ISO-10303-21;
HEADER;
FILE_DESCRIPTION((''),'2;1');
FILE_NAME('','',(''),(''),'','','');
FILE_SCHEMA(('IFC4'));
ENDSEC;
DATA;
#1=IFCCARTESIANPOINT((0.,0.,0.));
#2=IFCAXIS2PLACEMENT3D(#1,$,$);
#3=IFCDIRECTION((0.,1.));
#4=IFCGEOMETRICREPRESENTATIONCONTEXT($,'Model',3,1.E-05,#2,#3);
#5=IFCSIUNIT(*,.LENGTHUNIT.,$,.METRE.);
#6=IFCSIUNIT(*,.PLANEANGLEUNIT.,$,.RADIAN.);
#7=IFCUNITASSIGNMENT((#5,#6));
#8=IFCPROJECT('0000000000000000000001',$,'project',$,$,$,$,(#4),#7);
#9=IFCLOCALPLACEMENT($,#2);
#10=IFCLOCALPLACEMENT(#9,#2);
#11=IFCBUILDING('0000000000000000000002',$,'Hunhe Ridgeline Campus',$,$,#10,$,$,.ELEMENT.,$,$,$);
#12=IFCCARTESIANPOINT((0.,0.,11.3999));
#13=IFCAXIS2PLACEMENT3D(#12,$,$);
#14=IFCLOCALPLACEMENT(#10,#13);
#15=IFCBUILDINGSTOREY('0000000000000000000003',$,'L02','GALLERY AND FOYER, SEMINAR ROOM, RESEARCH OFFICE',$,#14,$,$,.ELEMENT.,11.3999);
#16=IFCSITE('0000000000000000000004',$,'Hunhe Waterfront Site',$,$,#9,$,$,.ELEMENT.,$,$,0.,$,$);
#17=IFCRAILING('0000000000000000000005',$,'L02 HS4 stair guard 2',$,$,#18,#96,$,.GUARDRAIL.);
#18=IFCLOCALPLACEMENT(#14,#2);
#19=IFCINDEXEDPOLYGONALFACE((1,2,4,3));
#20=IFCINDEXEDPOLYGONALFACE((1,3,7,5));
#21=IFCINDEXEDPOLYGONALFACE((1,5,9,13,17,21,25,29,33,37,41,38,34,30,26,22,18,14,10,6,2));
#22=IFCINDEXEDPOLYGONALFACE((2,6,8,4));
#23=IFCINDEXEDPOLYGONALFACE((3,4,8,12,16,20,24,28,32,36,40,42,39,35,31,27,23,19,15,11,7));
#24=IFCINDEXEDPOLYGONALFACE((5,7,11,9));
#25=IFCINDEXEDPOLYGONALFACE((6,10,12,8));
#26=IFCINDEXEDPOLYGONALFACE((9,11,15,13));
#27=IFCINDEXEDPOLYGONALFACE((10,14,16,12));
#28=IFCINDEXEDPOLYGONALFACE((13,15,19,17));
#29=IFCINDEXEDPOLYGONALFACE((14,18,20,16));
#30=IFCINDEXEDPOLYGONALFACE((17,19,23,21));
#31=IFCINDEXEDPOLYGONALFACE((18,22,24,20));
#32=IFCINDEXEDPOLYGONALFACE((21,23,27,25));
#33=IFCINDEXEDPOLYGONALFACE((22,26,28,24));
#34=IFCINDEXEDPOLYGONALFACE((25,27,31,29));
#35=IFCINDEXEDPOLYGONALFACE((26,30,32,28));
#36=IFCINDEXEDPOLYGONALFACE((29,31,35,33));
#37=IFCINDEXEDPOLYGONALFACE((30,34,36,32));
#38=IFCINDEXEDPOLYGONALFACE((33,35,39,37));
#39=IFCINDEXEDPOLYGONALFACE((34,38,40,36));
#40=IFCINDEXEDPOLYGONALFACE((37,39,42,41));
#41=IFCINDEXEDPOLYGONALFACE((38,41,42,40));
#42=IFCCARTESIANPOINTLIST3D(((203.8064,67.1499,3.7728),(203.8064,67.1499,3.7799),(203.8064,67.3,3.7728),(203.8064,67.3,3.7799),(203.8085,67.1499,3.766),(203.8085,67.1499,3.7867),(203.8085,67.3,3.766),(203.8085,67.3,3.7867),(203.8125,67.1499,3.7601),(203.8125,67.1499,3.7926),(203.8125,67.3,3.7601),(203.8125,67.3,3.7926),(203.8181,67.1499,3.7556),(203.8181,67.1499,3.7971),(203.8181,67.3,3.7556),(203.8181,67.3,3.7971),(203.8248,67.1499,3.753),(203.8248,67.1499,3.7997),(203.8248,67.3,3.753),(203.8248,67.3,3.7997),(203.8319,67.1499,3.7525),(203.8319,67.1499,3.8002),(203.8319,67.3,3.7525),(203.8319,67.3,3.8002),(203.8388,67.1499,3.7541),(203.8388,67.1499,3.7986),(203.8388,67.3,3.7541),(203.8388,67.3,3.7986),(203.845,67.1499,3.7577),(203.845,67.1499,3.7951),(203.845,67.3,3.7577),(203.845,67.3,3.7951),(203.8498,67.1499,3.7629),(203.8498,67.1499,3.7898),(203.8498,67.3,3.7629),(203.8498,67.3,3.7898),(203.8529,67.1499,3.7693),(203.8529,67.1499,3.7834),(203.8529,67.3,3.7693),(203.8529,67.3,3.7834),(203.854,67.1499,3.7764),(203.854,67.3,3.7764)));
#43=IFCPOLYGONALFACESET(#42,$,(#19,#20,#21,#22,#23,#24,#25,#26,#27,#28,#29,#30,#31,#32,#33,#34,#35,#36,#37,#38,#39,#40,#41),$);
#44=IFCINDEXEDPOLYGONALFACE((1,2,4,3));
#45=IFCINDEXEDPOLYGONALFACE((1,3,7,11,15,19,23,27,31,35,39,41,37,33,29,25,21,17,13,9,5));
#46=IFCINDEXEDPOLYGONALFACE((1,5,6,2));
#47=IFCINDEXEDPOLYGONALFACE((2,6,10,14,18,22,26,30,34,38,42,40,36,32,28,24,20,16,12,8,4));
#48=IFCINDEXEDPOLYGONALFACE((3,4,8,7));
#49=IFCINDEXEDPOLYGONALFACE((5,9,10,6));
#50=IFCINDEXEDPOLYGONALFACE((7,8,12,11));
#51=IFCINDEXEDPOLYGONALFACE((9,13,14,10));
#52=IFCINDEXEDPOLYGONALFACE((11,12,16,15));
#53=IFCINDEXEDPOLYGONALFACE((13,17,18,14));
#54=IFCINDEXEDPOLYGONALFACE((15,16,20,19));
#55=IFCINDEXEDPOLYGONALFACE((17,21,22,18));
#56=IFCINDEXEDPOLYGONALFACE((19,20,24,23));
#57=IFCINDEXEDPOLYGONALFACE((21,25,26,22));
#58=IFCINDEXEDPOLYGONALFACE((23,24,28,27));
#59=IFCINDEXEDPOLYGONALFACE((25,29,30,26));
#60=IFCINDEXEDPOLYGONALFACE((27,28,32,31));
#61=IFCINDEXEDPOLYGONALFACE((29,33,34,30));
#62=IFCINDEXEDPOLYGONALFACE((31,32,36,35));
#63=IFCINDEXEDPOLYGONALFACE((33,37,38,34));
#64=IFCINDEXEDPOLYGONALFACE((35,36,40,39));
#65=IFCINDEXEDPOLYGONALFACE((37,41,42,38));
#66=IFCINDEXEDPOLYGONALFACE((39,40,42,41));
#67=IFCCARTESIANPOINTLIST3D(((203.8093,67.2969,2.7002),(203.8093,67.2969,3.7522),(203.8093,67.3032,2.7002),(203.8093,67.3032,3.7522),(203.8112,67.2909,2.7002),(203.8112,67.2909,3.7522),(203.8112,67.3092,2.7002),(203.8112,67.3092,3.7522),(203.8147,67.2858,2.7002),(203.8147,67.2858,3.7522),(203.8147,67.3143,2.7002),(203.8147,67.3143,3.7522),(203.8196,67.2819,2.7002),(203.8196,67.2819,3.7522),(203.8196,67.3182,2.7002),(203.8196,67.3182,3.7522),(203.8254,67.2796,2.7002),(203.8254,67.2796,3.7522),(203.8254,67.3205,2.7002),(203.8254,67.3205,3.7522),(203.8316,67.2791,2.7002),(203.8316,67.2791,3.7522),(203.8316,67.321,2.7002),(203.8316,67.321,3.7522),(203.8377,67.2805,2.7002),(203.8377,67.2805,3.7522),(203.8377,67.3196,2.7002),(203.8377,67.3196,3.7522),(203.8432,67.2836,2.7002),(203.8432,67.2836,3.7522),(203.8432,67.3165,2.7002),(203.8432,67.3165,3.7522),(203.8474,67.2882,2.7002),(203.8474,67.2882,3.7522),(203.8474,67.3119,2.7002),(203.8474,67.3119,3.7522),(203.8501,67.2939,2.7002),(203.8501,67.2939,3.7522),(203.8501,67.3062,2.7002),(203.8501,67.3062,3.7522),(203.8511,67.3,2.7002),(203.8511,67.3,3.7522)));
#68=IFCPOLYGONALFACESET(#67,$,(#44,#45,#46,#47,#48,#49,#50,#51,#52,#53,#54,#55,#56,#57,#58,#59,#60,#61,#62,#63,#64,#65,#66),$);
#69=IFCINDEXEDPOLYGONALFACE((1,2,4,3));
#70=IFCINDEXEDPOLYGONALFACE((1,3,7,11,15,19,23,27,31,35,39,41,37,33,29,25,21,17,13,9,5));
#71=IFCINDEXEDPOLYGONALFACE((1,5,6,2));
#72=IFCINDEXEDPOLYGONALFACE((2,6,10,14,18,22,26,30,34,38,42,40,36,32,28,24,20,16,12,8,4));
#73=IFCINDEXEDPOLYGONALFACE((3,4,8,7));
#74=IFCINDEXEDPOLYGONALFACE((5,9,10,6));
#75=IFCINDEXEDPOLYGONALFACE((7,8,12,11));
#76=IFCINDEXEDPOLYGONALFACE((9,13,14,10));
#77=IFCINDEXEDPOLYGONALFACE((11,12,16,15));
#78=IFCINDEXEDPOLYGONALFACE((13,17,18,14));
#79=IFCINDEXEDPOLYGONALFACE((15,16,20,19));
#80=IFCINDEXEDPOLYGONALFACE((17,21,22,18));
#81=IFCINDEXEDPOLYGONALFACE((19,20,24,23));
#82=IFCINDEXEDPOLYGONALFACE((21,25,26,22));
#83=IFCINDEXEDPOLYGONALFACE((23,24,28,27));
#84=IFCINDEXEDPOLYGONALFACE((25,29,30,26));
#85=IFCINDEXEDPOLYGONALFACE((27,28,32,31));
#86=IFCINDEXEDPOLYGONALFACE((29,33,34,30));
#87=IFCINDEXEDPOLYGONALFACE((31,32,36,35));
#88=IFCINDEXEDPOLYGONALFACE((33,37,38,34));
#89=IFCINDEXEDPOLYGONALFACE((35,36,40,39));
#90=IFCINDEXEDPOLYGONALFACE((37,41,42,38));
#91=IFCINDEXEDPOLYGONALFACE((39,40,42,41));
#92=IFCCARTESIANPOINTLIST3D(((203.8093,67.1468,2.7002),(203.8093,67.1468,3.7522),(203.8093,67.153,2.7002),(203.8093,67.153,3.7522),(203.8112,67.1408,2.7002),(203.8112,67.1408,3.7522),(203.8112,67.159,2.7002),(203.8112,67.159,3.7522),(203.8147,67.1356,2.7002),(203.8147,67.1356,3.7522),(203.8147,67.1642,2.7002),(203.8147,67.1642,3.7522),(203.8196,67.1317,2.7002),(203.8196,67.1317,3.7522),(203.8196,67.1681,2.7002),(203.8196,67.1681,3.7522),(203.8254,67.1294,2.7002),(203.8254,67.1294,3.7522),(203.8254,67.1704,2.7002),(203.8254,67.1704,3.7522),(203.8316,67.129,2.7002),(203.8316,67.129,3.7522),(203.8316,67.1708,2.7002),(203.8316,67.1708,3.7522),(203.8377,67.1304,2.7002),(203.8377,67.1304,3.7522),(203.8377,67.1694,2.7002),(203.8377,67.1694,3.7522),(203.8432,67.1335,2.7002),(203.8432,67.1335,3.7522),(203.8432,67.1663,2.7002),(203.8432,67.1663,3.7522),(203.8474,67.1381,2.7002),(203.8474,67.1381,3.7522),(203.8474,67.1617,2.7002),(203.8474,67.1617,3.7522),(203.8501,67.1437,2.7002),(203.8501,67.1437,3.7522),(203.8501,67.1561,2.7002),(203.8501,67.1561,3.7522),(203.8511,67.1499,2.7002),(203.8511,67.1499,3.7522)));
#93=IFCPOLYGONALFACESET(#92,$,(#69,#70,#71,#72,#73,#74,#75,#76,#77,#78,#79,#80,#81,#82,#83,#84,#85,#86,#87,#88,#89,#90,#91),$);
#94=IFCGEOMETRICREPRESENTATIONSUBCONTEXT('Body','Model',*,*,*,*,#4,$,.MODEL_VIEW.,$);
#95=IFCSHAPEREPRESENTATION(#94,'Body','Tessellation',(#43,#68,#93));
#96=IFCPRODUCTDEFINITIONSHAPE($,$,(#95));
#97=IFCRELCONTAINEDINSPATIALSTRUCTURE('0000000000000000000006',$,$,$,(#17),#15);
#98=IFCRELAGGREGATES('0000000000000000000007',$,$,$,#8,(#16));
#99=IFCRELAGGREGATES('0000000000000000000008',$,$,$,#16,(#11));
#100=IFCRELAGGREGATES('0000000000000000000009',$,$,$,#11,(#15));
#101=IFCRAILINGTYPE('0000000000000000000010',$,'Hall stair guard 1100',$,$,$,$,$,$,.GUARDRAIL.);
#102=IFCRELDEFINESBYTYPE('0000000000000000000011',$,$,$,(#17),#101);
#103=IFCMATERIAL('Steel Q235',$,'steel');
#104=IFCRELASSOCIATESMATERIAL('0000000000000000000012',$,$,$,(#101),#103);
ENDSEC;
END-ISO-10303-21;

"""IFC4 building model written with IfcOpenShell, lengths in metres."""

from ifc_helpers import new_model, si_unit, direction, frame, origin, origin_2d, place, context, subcontext, project, spatial, circle, extrude, material, type_object, element, save


model = new_model("IFC4")

# Units and contexts
model_context = context("Model", 3, precision=1e-05, world=origin(), true_north=direction((0.0, 1.0)))
body_context = subcontext(model_context, "Body", "Model", "MODEL_VIEW")
ifc_project = project(units=[si_unit("LENGTHUNIT", "METRE"), si_unit("PLANEANGLEUNIT", "RADIAN")], contexts=[model_context])

# Site, building, storey
site_placement = place(None, origin())
site = spatial("IfcSite", under=ifc_project, at=site_placement, Name="Hunhe Waterfront Site", CompositionType="ELEMENT", RefElevation=0.0)
building_placement = place(site_placement, origin())
building = spatial("IfcBuilding", under=site, at=building_placement, Name="Hunhe Ridgeline Campus", CompositionType="ELEMENT")
storey_placement = place(building_placement, frame((0.0, 0.0, 11.3999)))
storey = spatial("IfcBuildingStorey", under=building, at=storey_placement, Name="L02", Description="GALLERY AND FOYER, SEMINAR ROOM, RESEARCH OFFICE", CompositionType="ELEMENT", Elevation=11.3999)

# Railing
ifc_material_1 = material(Name="Steel Q235", Category="steel")
railing_type_1 = type_object("IfcRailingType", Name="Hall stair guard 1100", PredefinedType="GUARDRAIL", material=ifc_material_1)
railing_1_placement = place(storey_placement, frame((203.8301, 67.3, 2.7002)))
element("IfcRailing", 1, at=railing_1_placement, inside=storey, type_object=railing_type_1, Name="L02 HS4 stair guard 2", PredefinedType="GUARDRAIL", context=body_context, shape_type="SweptSolid", body=[
    extrude(circle(Radius=0.0239, at=origin_2d()), frame((0.0, 0.0, 1.0762), z_axis=(0.0, -1.0, 0.0), x_axis=(1.0, 0.0, 0.0)), (0.0, 0.0, 1.0), 0.1501),
    extrude(circle(Radius=0.021, at=origin_2d()), origin(), (0.0, 0.0, 1.0), 1.052),
    extrude(circle(Radius=0.021, at=origin_2d()), frame((0.0, -0.1501, 0.0)), (0.0, 0.0, 1.0), 1.052),
])

save(model, "model.ifc")
